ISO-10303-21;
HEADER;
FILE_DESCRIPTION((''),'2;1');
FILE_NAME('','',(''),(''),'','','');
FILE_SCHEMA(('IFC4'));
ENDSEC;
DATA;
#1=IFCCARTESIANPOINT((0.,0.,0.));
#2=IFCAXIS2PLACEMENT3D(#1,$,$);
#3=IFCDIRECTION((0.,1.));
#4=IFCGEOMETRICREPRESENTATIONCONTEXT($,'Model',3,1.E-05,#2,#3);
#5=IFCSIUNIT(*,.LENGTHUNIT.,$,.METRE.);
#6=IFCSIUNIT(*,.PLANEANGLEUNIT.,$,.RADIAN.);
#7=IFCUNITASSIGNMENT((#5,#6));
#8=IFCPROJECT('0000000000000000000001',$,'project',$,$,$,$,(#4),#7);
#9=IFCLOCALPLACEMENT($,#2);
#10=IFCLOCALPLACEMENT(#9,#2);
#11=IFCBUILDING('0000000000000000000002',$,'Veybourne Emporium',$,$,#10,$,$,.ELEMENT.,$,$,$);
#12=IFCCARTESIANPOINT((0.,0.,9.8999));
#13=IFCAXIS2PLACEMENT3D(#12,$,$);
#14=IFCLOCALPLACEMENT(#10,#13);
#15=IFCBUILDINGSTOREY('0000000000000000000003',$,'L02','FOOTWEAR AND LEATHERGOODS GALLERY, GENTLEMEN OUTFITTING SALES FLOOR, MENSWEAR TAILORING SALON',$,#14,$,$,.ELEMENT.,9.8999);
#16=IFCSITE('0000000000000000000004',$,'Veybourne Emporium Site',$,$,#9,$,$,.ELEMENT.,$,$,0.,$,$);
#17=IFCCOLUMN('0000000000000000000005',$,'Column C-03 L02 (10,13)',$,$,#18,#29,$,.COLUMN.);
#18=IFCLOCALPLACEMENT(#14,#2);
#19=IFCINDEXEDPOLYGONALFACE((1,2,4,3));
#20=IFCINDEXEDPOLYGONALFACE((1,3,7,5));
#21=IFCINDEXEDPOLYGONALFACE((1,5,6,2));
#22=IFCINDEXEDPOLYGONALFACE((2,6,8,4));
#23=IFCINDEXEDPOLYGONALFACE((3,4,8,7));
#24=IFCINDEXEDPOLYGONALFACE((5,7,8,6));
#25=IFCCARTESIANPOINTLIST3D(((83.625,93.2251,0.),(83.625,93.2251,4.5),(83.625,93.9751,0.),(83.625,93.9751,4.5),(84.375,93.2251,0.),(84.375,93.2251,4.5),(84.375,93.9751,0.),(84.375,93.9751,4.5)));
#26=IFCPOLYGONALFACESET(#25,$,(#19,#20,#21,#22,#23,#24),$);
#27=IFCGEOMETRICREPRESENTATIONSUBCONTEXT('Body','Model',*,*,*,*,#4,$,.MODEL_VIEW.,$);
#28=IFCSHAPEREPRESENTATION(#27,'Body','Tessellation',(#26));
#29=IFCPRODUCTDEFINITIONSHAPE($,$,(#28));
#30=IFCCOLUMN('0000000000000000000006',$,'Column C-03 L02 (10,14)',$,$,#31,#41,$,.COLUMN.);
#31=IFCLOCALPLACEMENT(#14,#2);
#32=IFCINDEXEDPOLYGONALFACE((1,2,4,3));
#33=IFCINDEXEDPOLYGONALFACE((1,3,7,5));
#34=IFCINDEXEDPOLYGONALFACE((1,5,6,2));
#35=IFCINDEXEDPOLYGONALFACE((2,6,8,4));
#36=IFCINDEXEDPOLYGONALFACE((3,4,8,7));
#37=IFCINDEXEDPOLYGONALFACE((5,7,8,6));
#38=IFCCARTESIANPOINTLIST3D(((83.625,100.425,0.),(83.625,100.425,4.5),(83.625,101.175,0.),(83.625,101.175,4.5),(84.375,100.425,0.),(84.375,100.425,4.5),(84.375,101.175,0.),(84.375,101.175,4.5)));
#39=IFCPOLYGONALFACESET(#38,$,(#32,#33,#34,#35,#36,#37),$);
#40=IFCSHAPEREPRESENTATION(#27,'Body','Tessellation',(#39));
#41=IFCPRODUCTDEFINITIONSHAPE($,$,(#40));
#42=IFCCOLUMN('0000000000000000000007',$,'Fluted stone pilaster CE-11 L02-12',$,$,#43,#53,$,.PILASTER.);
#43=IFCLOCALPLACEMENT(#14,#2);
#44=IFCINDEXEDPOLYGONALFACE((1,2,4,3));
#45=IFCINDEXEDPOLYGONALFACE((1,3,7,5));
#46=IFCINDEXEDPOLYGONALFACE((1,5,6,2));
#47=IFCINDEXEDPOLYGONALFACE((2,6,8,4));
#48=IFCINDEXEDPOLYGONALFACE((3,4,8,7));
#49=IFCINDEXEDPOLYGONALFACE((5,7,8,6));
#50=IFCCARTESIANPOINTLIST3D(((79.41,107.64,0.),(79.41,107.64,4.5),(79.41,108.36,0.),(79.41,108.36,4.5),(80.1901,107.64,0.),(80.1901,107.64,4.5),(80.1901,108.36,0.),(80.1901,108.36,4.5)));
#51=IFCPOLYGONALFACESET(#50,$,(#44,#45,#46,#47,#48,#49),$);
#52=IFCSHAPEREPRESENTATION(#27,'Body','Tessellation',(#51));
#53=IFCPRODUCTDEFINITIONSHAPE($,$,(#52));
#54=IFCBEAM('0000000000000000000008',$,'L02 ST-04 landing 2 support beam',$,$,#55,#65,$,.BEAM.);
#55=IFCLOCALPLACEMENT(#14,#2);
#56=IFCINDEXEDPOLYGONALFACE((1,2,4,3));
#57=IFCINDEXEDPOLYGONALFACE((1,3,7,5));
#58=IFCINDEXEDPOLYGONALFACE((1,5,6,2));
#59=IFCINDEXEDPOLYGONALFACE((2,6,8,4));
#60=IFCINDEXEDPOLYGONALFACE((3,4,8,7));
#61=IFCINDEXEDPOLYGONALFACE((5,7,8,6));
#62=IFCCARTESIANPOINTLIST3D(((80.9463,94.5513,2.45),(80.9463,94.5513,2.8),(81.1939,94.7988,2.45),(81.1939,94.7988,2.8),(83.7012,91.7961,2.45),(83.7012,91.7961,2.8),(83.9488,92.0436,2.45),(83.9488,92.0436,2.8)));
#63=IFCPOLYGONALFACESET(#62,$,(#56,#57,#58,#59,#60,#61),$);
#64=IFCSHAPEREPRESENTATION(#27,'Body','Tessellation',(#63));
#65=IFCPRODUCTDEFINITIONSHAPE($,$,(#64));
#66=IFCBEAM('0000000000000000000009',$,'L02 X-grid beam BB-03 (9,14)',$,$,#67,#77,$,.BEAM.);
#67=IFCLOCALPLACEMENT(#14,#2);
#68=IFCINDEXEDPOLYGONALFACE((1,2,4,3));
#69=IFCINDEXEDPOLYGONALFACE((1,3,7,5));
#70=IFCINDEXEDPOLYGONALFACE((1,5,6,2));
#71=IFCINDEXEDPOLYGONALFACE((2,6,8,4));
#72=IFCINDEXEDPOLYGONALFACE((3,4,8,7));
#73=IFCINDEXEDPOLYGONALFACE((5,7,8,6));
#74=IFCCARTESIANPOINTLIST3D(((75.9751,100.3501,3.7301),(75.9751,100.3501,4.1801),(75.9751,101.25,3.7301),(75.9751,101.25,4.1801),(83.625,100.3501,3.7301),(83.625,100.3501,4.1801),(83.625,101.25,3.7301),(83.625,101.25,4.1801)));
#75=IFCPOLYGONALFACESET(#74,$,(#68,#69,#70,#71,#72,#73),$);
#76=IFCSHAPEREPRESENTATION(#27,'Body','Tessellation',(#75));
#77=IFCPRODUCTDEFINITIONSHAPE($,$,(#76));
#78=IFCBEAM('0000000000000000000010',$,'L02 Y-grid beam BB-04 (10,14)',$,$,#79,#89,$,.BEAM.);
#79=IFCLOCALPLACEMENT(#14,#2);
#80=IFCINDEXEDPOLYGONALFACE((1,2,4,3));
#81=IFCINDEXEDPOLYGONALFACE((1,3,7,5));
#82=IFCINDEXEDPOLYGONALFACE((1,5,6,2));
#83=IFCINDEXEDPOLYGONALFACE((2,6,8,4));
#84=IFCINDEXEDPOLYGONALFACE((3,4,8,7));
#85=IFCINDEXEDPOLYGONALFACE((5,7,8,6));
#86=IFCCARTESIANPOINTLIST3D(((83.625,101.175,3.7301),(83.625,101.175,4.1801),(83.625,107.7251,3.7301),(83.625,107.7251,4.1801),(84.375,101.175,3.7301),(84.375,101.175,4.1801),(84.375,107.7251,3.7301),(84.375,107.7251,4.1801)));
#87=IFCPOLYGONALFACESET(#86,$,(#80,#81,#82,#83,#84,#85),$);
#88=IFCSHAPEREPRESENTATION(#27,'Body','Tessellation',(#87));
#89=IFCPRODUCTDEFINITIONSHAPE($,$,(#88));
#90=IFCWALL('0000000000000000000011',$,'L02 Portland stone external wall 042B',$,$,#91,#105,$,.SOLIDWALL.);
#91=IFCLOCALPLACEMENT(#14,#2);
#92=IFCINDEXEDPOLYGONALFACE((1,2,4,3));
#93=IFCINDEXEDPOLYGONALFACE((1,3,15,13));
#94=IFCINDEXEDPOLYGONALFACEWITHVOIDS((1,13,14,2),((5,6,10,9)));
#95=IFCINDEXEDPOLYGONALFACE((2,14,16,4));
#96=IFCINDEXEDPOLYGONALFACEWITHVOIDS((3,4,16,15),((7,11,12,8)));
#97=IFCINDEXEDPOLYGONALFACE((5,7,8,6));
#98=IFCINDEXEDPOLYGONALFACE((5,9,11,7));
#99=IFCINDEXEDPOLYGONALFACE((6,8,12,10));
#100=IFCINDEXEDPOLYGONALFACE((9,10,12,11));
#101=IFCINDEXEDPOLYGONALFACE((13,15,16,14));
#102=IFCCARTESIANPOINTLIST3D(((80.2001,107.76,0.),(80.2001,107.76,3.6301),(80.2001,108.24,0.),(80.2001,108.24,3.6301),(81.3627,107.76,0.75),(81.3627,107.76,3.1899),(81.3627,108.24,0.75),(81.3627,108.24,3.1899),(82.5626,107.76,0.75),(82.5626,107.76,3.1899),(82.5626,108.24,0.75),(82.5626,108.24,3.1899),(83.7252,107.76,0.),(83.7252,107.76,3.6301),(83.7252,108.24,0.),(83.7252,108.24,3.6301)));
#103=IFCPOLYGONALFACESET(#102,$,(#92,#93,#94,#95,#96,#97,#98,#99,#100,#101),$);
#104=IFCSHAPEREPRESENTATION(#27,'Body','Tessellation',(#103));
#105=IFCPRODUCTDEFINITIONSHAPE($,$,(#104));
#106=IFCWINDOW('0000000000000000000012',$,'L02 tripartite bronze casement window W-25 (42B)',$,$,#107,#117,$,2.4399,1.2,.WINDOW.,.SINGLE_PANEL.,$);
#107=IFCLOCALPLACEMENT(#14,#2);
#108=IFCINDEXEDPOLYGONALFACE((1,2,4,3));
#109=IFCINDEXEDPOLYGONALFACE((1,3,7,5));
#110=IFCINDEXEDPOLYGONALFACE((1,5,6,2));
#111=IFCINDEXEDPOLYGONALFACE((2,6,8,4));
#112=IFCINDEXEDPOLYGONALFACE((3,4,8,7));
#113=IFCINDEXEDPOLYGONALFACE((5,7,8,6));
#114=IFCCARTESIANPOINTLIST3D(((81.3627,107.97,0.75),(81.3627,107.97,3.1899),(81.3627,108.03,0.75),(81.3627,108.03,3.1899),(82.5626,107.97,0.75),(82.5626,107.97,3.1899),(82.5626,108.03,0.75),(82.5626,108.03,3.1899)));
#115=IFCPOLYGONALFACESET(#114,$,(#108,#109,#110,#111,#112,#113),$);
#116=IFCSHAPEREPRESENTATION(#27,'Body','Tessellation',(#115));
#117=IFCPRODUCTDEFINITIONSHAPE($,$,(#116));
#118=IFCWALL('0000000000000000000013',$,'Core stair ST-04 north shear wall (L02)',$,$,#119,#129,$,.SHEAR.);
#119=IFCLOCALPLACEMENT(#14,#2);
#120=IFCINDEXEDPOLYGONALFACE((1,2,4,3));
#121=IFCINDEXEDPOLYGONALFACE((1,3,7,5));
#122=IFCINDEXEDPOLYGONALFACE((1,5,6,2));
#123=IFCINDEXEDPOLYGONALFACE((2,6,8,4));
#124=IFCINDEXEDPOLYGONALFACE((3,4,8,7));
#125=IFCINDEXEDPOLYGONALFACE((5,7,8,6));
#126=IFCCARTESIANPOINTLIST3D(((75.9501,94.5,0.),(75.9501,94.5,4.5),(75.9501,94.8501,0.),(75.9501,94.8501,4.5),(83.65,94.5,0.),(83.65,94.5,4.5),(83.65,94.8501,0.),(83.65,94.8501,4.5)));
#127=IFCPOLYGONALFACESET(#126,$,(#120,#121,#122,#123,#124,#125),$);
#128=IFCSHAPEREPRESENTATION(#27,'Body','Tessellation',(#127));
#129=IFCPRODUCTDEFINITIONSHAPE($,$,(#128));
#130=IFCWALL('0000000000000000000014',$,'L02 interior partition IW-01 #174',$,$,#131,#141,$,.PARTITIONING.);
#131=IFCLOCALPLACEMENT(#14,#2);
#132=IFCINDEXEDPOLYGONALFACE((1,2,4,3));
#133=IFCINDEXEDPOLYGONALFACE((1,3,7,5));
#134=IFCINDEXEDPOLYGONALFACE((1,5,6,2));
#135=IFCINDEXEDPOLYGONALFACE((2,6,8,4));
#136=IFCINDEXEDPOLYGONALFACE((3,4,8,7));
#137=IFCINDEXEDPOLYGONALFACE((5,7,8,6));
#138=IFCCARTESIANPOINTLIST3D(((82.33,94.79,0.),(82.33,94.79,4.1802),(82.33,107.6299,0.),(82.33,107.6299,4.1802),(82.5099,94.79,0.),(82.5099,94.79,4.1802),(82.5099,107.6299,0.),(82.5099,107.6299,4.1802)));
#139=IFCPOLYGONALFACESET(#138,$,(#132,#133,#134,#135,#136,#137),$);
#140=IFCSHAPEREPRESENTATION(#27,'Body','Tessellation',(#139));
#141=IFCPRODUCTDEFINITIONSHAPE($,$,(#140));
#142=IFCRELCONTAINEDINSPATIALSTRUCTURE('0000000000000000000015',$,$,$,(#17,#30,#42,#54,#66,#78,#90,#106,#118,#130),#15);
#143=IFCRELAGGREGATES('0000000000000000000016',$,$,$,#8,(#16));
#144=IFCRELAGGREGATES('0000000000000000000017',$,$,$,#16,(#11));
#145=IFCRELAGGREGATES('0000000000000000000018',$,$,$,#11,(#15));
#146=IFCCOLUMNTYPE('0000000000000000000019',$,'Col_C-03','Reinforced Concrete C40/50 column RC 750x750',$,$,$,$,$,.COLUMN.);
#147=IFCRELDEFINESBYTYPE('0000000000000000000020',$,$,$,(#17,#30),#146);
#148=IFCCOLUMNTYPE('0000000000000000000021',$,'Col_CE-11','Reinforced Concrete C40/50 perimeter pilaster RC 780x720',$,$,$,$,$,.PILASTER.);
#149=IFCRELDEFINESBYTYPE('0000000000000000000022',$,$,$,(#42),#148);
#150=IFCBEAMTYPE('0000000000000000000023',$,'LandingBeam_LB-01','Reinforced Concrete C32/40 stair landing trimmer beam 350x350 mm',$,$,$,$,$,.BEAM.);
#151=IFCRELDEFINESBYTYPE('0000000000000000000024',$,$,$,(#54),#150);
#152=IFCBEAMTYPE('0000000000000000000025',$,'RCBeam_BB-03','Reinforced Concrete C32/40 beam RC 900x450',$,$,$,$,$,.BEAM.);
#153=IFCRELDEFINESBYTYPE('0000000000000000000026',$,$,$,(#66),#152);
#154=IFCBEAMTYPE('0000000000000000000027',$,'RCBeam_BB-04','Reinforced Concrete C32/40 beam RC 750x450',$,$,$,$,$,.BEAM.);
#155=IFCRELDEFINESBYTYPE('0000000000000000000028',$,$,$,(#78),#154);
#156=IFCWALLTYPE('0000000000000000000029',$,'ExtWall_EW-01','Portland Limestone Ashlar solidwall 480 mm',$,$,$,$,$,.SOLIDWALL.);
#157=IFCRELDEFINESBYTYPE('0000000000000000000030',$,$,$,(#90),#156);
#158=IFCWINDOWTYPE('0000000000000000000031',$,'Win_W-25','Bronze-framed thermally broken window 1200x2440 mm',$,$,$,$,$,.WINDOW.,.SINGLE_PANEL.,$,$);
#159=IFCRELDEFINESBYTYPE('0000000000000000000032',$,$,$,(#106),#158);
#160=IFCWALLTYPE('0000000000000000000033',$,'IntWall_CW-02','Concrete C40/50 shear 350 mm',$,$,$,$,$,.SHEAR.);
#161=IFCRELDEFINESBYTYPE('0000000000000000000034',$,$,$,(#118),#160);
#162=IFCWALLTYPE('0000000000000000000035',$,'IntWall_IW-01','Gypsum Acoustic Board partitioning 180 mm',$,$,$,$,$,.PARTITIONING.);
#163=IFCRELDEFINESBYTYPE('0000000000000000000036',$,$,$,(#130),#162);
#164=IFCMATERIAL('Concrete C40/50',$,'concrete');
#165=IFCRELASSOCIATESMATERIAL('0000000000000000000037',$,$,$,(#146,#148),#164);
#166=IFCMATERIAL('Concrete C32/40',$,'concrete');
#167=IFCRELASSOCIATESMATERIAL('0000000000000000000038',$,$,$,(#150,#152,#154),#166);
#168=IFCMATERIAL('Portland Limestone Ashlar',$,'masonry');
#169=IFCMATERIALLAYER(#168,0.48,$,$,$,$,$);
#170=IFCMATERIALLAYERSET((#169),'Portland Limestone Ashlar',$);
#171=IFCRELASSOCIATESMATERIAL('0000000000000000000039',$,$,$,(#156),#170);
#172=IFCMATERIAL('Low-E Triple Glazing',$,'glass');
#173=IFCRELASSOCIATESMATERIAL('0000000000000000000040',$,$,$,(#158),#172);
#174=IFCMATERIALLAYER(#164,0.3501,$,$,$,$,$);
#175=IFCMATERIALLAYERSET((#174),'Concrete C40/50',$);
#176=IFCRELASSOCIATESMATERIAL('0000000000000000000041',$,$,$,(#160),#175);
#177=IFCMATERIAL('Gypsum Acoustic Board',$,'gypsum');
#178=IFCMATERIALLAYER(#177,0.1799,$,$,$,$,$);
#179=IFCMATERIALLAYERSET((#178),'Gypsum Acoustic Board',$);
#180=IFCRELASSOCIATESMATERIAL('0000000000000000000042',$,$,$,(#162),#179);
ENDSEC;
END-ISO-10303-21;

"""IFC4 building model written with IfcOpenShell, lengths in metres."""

from ifc_helpers import new_model, si_unit, direction, frame, frame_2d, origin, origin_2d, place, context, subcontext, project, spatial, rectangle, extrude, material, layer, layer_set, material_profile, profile_set, type_object, element, fill, save


model = new_model("IFC4")

# Units and contexts
model_context = context("Model", 3, precision=1e-05, world=origin(), true_north=direction((0.0, 1.0)))
body_context = subcontext(model_context, "Body", "Model", "MODEL_VIEW")
ifc_project = project(units=[si_unit("LENGTHUNIT", "METRE"), si_unit("PLANEANGLEUNIT", "RADIAN")], contexts=[model_context])

# Site, building, storey
site_placement = place(None, origin())
site = spatial("IfcSite", under=ifc_project, at=site_placement, Name="Veybourne Emporium Site", CompositionType="ELEMENT", RefElevation=0.0)
building_placement = place(site_placement, origin())
building = spatial("IfcBuilding", under=site, at=building_placement, Name="Veybourne Emporium", CompositionType="ELEMENT")
storey_placement = place(building_placement, frame((0.0, 0.0, 9.8999)))
storey = spatial("IfcBuildingStorey", under=building, at=storey_placement, Name="L02", Description="FOOTWEAR AND LEATHERGOODS GALLERY, GENTLEMEN OUTFITTING SALES FLOOR, MENSWEAR TAILORING SALON", CompositionType="ELEMENT", Elevation=9.8999)

# Columns
ifc_material_1 = material(Name="Concrete C40/50", Category="concrete")
ifc_material_profile_1 = material_profile(ifc_material_1, rectangle(XDim=0.75, YDim=0.75, at=origin_2d()), Name="RC 750x750")
ifc_profile_set_1 = profile_set([ifc_material_profile_1], Name="Concrete C40/50")
column_type_1 = type_object("IfcColumnType", Name="Col_C-03", Description="Reinforced Concrete C40/50 column RC 750x750", PredefinedType="COLUMN", material=ifc_profile_set_1)
for number, where, z_axis, x_axis, name in (
    (1, (84.0, 93.6001, 0.0), (0.0, 0.0, 1.0), (1.0, 0.0, 0.0), "Column C-03 L02 (10,13)"),
    (2, (84.0, 100.8, 0.0), (0.0, 0.0, 1.0), (1.0, 0.0, 0.0), "Column C-03 L02 (10,14)"),
):
    element("IfcColumn", number, at=place(storey_placement, frame(where, z_axis=z_axis, x_axis=x_axis)), inside=storey, type_object=column_type_1, Name=name, PredefinedType="COLUMN", context=body_context, shape_type="SweptSolid", body=[
        extrude(rectangle(XDim=0.75, YDim=0.75, at=origin_2d()), origin(), (0.0, 0.0, 1.0), 4.5),
    ])
ifc_material_profile_2 = material_profile(ifc_material_1, rectangle(XDim=0.78, YDim=0.72, at=origin_2d()), Name="RC 780x720")
ifc_profile_set_2 = profile_set([ifc_material_profile_2], Name="Concrete C40/50")
column_type_2 = type_object("IfcColumnType", Name="Col_CE-11", Description="Reinforced Concrete C40/50 perimeter pilaster RC 780x720", PredefinedType="PILASTER", material=ifc_profile_set_2)
column_placement = place(storey_placement, frame((79.8, 108.0, 0.0), z_axis=(0.0, 0.0, 1.0), x_axis=(1.0, 0.0, 0.0)))
element("IfcColumn", 3, at=column_placement, inside=storey, type_object=column_type_2, Name="Fluted stone pilaster CE-11 L02-12", PredefinedType="PILASTER", context=body_context, shape_type="SweptSolid", body=[
    extrude(rectangle(XDim=0.78, YDim=0.72, at=origin_2d()), origin(), (0.0, 0.0, 1.0), 4.5),
])

# Beams
ifc_material_2 = material(Name="Concrete C32/40", Category="concrete")
ifc_material_profile_3 = material_profile(ifc_material_2, rectangle(XDim=0.3501, YDim=0.3501, at=origin_2d()), Name="RC 350x350")
ifc_profile_set_3 = profile_set([ifc_material_profile_3], Name="Concrete C32/40")
beam_type_1 = type_object("IfcBeamType", Name="LandingBeam_LB-01", Description="Reinforced Concrete C32/40 stair landing trimmer beam 350x350 mm", PredefinedType="BEAM", material=ifc_profile_set_3)
beam_1_placement = place(storey_placement, frame((81.0701, 94.675, 2.625), z_axis=(0.707075, -0.707138, 0.0), x_axis=(0.707138, 0.707075, 0.0)))
element("IfcBeam", 4, at=beam_1_placement, inside=storey, type_object=beam_type_1, Name="L02 ST-04 landing 2 support beam", PredefinedType="BEAM", context=body_context, shape_type="SweptSolid", body=[
    extrude(rectangle(XDim=0.3501, YDim=0.3501, at=origin_2d()), origin(), (0.0, 0.0, 1.0), 3.8962),
])
ifc_material_profile_4 = material_profile(ifc_material_2, rectangle(XDim=0.8999, YDim=0.45, at=origin_2d()), Name="RC 900x450")
ifc_profile_set_4 = profile_set([ifc_material_profile_4], Name="Concrete C32/40")
beam_type_2 = type_object("IfcBeamType", Name="RCBeam_BB-03", Description="Reinforced Concrete C32/40 beam RC 900x450", PredefinedType="BEAM", material=ifc_profile_set_4)
beam_2_placement = place(storey_placement, frame((75.9751, 100.8, 3.9551), z_axis=(1.0, 0.0, 0.0), x_axis=(0.0, 1.0, 0.0)))
element("IfcBeam", 5, at=beam_2_placement, inside=storey, type_object=beam_type_2, Name="L02 X-grid beam BB-03 (9,14)", PredefinedType="BEAM", context=body_context, shape_type="SweptSolid", body=[
    extrude(rectangle(XDim=0.8999, YDim=0.45, at=origin_2d()), origin(), (0.0, 0.0, 1.0), 7.6499),
])
ifc_material_profile_5 = material_profile(ifc_material_2, rectangle(XDim=0.75, YDim=0.45, at=origin_2d()), Name="RC 750x450")
ifc_profile_set_5 = profile_set([ifc_material_profile_5], Name="Concrete C32/40")
beam_type_3 = type_object("IfcBeamType", Name="RCBeam_BB-04", Description="Reinforced Concrete C32/40 beam RC 750x450", PredefinedType="BEAM", material=ifc_profile_set_5)
beam_3_placement = place(storey_placement, frame((84.0, 101.175, 3.9551), z_axis=(0.0, 1.0, 0.0), x_axis=(-1.0, 0.0, 0.0)))
element("IfcBeam", 6, at=beam_3_placement, inside=storey, type_object=beam_type_3, Name="L02 Y-grid beam BB-04 (10,14)", PredefinedType="BEAM", context=body_context, shape_type="SweptSolid", body=[
    extrude(rectangle(XDim=0.75, YDim=0.45, at=origin_2d()), origin(), (0.0, 0.0, 1.0), 6.55),
])

# Wall, opening, window
ifc_material_3 = material(Name="Portland Limestone Ashlar", Category="masonry")
ifc_layer_1 = layer(ifc_material_3, 0.48)
ifc_layer_set_1 = layer_set([ifc_layer_1], Name="Portland Limestone Ashlar")
wall_type_1 = type_object("IfcWallType", Name="ExtWall_EW-01", Description="Portland Limestone Ashlar solidwall 480 mm", PredefinedType="SOLIDWALL", material=ifc_layer_set_1)
wall_1_placement = place(storey_placement, frame((80.2, 108.0, 0.0), z_axis=(0.0, 0.0, 1.0), x_axis=(1.0, 0.0, 0.0)))
wall_1 = element("IfcWall", 7, at=wall_1_placement, inside=storey, type_object=wall_type_1, Name="L02 Portland stone external wall 042B", PredefinedType="SOLIDWALL", context=body_context, shape_type="SweptSolid", body=[
    extrude(rectangle(XDim=3.5251, YDim=0.48, at=frame_2d((1.7627, 0.0))), origin(), (0.0, 0.0, 1.0), 3.6301),
])
opening_placement = place(wall_1_placement, frame((1.1626, 0.0, 0.75)))
opening = element("IfcOpeningElement", 8, at=opening_placement, cuts=wall_1, PredefinedType="OPENING", context=body_context, shape_type="SweptSolid", body=[
    extrude(rectangle(XDim=1.2, YDim=2.4399, at=frame_2d((0.6001, 1.22))), frame((0.0, 0.26, 0.0), z_axis=(0.0, -1.0, 0.0), x_axis=(1.0, 0.0, 0.0)), (0.0, 0.0, 1.0), 0.52),
])
ifc_material_4 = material(Name="Low-E Triple Glazing", Category="glass")
window_type = type_object("IfcWindowType", Name="Win_W-25", Description="Bronze-framed thermally broken window 1200x2440 mm", PartitioningType="SINGLE_PANEL", PredefinedType="WINDOW", material=ifc_material_4)
window_placement = place(opening_placement, origin())
window = element("IfcWindow", 9, at=window_placement, inside=storey, type_object=window_type, Name="L02 tripartite bronze casement window W-25 (42B)", OverallHeight=2.4399, OverallWidth=1.2, PartitioningType="SINGLE_PANEL", PredefinedType="WINDOW", context=body_context, shape_type="SweptSolid", body=[
    extrude(rectangle(XDim=1.2, YDim=2.4399, at=frame_2d((0.6001, 1.22))), frame((0.0, 0.03, 0.0), z_axis=(0.0, -1.0, 0.0), x_axis=(1.0, 0.0, 0.0)), (0.0, 0.0, 1.0), 0.0601),
])
fill(opening, window)

# Walls
ifc_layer_2 = layer(ifc_material_1, 0.3501)
ifc_layer_set_2 = layer_set([ifc_layer_2], Name="Concrete C40/50")
wall_type_2 = type_object("IfcWallType", Name="IntWall_CW-02", Description="Concrete C40/50 shear 350 mm", PredefinedType="SHEAR", material=ifc_layer_set_2)
wall_2_placement = place(storey_placement, frame((75.95, 94.675, 0.0), z_axis=(0.0, 0.0, 1.0), x_axis=(1.0, 0.0, 0.0)))
element("IfcWall", 10, at=wall_2_placement, inside=storey, type_object=wall_type_2, Name="Core stair ST-04 north shear wall (L02)", PredefinedType="SHEAR", context=body_context, shape_type="SweptSolid", body=[
    extrude(rectangle(XDim=7.7, YDim=0.3501, at=frame_2d((3.8501, 0.0))), origin(), (0.0, 0.0, 1.0), 4.5),
])
ifc_material_5 = material(Name="Gypsum Acoustic Board", Category="gypsum")
ifc_layer_3 = layer(ifc_material_5, 0.1799)
ifc_layer_set_3 = layer_set([ifc_layer_3], Name="Gypsum Acoustic Board")
wall_type_3 = type_object("IfcWallType", Name="IntWall_IW-01", Description="Gypsum Acoustic Board partitioning 180 mm", PredefinedType="PARTITIONING", material=ifc_layer_set_3)
wall_3_placement = place(storey_placement, frame((82.4199, 94.79, 0.0), z_axis=(0.0, 0.0, 1.0), x_axis=(0.0, 1.0, 0.0)))
element("IfcWall", 11, at=wall_3_placement, inside=storey, type_object=wall_type_3, Name="L02 interior partition IW-01 #174", PredefinedType="PARTITIONING", context=body_context, shape_type="SweptSolid", body=[
    extrude(rectangle(XDim=12.8398, YDim=0.1799, at=frame_2d((6.4199, 0.0))), origin(), (0.0, 0.0, 1.0), 4.1802),
])

save(model, "model.ifc")
